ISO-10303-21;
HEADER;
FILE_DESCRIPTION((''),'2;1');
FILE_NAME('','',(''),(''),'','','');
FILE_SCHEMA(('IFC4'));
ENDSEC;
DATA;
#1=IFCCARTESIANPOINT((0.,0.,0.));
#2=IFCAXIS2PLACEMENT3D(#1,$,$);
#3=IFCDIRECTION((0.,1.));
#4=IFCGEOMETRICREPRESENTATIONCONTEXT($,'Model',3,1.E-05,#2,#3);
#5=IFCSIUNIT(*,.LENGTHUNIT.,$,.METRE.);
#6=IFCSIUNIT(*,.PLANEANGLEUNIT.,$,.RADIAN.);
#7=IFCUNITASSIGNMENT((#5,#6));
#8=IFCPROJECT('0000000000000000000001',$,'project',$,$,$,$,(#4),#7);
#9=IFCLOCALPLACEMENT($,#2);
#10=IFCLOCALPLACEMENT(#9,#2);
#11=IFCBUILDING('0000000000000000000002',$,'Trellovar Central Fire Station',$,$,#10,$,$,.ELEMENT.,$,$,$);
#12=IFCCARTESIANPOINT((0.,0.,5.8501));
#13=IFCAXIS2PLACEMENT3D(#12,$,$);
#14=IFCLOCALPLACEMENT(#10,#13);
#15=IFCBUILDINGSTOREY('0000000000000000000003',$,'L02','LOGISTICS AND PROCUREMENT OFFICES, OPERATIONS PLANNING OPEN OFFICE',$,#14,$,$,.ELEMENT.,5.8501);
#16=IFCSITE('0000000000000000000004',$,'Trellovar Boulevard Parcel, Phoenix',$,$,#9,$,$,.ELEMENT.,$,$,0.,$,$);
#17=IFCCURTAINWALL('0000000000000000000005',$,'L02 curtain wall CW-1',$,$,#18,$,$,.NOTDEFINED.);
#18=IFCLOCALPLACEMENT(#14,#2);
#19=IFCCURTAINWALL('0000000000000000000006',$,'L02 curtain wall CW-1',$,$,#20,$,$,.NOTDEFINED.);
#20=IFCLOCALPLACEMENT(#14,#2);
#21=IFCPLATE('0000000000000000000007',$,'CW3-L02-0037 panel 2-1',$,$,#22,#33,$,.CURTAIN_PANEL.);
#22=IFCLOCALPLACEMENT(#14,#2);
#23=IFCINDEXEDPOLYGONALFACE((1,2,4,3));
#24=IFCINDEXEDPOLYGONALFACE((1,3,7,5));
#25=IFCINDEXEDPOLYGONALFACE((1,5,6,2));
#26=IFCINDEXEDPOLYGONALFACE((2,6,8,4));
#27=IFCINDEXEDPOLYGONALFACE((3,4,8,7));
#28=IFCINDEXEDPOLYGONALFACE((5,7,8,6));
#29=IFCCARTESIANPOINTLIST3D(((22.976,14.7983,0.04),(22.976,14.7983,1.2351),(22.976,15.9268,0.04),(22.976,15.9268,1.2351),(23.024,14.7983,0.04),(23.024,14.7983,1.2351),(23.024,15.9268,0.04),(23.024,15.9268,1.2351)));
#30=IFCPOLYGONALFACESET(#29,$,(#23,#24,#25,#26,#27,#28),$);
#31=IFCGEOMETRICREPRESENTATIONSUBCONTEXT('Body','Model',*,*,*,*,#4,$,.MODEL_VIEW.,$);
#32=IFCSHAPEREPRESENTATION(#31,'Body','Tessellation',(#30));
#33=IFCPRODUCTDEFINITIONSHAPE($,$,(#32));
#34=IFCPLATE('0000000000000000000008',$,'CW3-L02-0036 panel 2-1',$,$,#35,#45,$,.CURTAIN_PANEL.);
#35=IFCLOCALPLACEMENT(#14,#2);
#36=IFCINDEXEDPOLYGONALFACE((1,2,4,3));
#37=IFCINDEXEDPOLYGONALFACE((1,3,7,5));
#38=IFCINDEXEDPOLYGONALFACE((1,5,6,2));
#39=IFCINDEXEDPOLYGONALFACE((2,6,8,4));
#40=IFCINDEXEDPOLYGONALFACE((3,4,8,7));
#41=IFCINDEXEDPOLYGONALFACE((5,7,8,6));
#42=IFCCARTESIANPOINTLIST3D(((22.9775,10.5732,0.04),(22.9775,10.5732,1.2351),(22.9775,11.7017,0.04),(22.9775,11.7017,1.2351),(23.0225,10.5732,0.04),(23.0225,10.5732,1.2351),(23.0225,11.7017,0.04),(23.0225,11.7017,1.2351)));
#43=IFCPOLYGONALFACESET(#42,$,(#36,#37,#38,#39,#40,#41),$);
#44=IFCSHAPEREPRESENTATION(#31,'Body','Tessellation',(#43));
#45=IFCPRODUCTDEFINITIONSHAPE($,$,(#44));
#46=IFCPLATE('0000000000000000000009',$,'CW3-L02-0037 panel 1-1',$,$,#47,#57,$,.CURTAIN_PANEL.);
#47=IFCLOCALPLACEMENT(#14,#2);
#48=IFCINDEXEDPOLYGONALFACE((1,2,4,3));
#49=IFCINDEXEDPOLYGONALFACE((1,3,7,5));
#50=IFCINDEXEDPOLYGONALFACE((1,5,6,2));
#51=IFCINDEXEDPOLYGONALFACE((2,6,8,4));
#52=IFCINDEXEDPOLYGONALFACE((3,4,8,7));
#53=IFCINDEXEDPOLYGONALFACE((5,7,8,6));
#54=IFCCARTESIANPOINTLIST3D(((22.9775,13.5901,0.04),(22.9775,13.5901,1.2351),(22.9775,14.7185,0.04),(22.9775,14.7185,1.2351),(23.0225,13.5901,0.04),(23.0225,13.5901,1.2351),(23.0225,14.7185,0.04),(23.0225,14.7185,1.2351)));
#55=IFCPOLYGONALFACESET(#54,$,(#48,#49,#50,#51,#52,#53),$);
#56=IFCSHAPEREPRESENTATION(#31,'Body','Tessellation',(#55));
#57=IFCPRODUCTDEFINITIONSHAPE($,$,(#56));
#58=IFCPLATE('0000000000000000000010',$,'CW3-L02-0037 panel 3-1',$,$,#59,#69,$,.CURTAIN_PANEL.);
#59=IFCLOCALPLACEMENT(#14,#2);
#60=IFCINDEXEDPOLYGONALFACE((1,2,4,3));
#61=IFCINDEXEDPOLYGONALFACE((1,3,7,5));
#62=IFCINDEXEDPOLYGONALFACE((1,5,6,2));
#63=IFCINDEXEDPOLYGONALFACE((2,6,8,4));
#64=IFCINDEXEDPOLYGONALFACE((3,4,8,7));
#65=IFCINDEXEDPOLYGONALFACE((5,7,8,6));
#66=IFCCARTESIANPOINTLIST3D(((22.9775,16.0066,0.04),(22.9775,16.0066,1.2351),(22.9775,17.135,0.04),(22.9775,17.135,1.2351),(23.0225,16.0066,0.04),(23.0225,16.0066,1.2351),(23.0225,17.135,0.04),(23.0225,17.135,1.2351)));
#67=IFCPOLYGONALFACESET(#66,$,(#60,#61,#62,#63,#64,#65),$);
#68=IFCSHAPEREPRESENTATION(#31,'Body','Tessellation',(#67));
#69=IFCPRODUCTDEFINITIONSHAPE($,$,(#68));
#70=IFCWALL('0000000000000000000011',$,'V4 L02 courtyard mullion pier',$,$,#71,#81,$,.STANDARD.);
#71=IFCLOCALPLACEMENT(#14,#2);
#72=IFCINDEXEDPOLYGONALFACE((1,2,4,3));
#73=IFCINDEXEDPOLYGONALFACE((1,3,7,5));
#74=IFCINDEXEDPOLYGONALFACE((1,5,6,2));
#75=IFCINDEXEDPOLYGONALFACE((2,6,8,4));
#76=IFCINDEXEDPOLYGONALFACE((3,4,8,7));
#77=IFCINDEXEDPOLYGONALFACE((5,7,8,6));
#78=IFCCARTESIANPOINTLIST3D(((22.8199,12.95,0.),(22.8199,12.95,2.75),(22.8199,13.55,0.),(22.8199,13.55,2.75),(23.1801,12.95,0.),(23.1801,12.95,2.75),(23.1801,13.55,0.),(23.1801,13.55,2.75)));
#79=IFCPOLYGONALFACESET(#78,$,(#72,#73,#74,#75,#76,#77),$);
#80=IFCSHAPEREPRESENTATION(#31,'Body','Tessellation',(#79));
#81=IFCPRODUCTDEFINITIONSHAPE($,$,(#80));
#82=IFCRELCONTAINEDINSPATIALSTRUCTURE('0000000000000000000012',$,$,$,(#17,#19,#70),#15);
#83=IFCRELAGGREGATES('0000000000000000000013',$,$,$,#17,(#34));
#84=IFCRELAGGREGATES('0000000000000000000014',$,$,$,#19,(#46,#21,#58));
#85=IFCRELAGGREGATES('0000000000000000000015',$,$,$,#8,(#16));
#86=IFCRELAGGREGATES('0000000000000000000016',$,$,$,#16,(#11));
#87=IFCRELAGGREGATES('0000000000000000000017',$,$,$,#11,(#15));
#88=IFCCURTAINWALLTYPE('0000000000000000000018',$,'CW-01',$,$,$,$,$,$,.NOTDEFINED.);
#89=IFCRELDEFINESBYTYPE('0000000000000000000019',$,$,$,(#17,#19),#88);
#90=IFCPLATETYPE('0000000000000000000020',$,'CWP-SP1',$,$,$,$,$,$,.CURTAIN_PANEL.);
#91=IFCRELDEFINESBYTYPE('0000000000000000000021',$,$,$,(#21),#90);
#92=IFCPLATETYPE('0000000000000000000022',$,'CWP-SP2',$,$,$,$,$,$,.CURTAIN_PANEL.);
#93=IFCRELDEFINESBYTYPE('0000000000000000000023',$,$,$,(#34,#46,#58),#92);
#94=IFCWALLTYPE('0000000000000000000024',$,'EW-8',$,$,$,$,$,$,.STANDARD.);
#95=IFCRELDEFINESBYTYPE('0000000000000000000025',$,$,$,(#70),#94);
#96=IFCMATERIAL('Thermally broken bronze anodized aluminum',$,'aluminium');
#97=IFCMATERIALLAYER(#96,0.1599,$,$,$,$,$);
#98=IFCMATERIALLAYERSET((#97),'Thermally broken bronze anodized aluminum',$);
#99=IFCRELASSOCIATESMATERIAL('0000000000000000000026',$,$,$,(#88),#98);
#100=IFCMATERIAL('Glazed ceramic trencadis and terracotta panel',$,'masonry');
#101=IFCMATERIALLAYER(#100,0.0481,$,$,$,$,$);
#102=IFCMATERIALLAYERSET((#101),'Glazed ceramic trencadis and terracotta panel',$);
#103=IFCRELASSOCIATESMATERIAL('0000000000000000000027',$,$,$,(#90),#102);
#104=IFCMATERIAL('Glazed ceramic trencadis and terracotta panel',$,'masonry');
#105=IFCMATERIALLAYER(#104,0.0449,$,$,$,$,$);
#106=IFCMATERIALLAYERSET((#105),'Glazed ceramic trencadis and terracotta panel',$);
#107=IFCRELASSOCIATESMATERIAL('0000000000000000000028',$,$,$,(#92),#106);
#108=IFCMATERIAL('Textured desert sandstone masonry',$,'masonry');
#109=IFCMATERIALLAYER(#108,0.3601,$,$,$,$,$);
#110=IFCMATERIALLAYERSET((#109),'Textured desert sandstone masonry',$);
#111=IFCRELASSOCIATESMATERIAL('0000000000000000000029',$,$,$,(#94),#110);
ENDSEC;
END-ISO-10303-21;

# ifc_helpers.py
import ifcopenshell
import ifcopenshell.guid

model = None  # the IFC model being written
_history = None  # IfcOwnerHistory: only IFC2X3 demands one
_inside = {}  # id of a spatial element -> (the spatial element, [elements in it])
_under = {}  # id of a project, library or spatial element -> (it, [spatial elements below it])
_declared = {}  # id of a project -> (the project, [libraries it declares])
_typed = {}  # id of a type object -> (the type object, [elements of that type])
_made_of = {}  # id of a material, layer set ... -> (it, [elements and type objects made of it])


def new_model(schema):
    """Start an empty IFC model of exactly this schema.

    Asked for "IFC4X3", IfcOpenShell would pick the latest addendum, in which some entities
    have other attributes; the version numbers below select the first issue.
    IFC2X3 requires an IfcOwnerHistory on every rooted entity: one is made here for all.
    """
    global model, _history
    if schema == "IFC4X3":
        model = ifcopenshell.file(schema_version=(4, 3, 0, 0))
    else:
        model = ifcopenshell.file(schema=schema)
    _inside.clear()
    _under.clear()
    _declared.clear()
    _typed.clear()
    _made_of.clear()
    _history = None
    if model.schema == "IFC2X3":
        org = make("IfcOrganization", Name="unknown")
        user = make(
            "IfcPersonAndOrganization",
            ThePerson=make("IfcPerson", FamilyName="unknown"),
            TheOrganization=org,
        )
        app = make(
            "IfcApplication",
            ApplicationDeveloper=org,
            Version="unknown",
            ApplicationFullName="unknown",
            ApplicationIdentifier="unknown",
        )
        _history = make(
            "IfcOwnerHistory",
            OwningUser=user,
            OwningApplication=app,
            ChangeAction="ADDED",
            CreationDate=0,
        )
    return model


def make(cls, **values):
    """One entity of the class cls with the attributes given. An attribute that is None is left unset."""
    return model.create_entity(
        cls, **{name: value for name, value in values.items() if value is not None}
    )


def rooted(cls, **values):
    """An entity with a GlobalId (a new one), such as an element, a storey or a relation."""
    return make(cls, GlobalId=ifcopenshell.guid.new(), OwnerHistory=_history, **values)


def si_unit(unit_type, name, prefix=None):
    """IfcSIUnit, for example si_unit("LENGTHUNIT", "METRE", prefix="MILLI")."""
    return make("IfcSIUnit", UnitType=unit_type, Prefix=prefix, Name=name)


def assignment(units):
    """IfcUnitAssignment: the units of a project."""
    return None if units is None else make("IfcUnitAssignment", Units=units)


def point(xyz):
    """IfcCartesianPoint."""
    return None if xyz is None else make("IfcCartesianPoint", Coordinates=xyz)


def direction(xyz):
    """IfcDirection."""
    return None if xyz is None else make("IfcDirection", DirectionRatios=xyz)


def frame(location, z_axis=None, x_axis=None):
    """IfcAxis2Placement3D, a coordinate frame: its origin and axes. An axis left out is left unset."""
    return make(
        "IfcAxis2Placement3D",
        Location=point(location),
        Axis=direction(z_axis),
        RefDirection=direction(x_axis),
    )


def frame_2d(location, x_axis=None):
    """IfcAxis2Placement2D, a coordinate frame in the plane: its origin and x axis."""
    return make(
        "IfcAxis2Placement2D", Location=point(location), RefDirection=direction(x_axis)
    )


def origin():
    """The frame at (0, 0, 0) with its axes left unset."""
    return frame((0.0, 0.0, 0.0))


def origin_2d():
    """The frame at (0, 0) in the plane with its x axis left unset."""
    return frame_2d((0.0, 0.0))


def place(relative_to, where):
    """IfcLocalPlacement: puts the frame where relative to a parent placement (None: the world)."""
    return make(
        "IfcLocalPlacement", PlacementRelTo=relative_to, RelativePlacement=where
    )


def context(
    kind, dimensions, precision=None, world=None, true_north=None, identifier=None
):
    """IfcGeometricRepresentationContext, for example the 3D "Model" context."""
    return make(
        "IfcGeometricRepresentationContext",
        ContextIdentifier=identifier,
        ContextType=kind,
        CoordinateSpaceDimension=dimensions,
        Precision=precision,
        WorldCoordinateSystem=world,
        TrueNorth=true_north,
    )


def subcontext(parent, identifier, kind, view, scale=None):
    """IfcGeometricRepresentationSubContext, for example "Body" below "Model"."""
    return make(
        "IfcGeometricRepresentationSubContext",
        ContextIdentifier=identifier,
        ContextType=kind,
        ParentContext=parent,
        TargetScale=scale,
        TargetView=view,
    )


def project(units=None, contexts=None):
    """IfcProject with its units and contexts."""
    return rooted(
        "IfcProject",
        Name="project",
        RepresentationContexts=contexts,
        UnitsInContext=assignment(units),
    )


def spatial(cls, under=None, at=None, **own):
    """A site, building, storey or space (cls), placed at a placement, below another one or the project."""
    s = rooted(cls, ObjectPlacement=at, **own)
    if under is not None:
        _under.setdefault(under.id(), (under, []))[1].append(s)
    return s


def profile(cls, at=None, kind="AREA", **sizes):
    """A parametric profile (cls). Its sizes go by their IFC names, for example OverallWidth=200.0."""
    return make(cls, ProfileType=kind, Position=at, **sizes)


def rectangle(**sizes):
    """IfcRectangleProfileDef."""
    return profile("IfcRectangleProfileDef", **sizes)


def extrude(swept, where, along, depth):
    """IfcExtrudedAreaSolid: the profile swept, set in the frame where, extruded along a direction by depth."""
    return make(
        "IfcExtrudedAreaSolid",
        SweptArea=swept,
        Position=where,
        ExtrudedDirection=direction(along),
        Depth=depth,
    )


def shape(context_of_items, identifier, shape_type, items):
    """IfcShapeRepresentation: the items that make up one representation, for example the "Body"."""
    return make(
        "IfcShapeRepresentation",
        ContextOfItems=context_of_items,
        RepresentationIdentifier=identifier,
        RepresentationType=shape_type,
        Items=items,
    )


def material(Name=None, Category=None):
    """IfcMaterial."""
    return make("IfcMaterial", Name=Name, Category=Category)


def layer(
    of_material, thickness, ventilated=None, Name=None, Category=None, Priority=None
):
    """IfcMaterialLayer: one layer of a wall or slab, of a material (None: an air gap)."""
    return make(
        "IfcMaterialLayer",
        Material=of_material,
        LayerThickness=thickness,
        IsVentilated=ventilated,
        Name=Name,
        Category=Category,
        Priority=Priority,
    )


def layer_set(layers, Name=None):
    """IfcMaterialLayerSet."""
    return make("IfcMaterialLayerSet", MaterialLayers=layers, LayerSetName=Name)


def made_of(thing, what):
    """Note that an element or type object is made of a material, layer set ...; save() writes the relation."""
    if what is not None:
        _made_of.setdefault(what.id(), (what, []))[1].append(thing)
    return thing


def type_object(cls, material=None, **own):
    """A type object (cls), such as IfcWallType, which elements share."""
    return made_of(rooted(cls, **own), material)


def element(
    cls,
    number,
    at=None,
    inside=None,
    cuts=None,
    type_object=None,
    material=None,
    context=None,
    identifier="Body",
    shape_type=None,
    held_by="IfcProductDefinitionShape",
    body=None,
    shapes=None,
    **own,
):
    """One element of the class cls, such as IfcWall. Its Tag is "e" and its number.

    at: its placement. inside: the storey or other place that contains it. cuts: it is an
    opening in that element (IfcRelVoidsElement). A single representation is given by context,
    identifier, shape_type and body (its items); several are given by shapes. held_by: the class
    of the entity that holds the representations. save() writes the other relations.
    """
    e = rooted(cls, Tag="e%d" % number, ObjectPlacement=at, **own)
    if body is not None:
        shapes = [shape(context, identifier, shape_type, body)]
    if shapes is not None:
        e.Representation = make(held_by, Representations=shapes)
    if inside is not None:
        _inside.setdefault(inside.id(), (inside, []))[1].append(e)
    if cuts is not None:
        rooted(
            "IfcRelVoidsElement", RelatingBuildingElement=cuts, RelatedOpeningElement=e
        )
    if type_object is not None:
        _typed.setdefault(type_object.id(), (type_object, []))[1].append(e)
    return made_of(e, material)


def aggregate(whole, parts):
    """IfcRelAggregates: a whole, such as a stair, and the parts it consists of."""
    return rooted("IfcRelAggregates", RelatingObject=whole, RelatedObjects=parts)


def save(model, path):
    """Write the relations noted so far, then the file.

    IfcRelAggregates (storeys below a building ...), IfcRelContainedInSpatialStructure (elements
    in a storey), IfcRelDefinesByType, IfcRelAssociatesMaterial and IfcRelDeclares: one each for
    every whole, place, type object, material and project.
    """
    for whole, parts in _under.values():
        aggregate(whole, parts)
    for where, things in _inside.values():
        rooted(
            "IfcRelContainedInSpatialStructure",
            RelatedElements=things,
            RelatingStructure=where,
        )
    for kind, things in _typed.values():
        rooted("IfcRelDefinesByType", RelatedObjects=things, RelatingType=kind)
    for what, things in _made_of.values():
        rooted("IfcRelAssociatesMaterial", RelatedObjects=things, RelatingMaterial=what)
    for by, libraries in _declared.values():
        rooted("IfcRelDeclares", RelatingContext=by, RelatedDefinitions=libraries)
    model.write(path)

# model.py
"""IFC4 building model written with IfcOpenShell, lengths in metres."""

from ifc_helpers import new_model, si_unit, direction, frame, frame_2d, origin, origin_2d, place, context, subcontext, project, spatial, rectangle, extrude, material, layer, layer_set, type_object, element, aggregate, save


model = new_model("IFC4")

# Units and contexts
model_context = context("Model", 3, precision=1e-05, world=origin(), true_north=direction((0.0, 1.0)))
body_context = subcontext(model_context, "Body", "Model", "MODEL_VIEW")
ifc_project = project(units=[si_unit("LENGTHUNIT", "METRE"), si_unit("PLANEANGLEUNIT", "RADIAN")], contexts=[model_context])

# Site, building, storey
site_placement = place(None, origin())
site = spatial("IfcSite", under=ifc_project, at=site_placement, Name="Trellovar Boulevard Parcel, Phoenix", CompositionType="ELEMENT", RefElevation=0.0)
building_placement = place(site_placement, origin())
building = spatial("IfcBuilding", under=site, at=building_placement, Name="Trellovar Central Fire Station", CompositionType="ELEMENT")
storey_placement = place(building_placement, frame((0.0, 0.0, 5.8501)))
storey = spatial("IfcBuildingStorey", under=building, at=storey_placement, Name="L02", Description="LOGISTICS AND PROCUREMENT OFFICES, OPERATIONS PLANNING OPEN OFFICE", CompositionType="ELEMENT", Elevation=5.8501)

# Curtain walls
ifc_material_1 = material(Name="Thermally broken bronze anodized aluminum", Category="aluminium")
ifc_layer_1 = layer(ifc_material_1, 0.1599)
ifc_layer_set_1 = layer_set([ifc_layer_1], Name="Thermally broken bronze anodized aluminum")
curtain_wall_type = type_object("IfcCurtainWallType", Name="CW-01", PredefinedType="NOTDEFINED", material=ifc_layer_set_1)
curtain_wall_1_placement = place(storey_placement, origin())
curtain_wall_1 = element("IfcCurtainWall", 1, at=curtain_wall_1_placement, inside=storey, type_object=curtain_wall_type, Name="L02 curtain wall CW-1", PredefinedType="NOTDEFINED")
curtain_wall_2_placement = place(storey_placement, origin())
curtain_wall_2 = element("IfcCurtainWall", 2, at=curtain_wall_2_placement, inside=storey, type_object=curtain_wall_type, Name="L02 curtain wall CW-1", PredefinedType="NOTDEFINED")

# Plates
ifc_material_2 = material(Name="Glazed ceramic trencadis and terracotta panel", Category="masonry")
ifc_layer_2 = layer(ifc_material_2, 0.0481)
ifc_layer_set_2 = layer_set([ifc_layer_2], Name="Glazed ceramic trencadis and terracotta panel")
plate_type_1 = type_object("IfcPlateType", Name="CWP-SP1", PredefinedType="CURTAIN_PANEL", material=ifc_layer_set_2)
plate_1_placement = place(storey_placement, frame((23.0, 15.3625, 0.04), z_axis=(0.0, 0.0, 1.0), x_axis=(0.0, 1.0, 0.0)))
plate_1 = element("IfcPlate", 3, at=plate_1_placement, type_object=plate_type_1, Name="CW3-L02-0037 panel 2-1", PredefinedType="CURTAIN_PANEL", context=body_context, shape_type="SweptSolid", body=[
    extrude(rectangle(XDim=1.1284, YDim=0.0481, at=origin_2d()), origin(), (0.0, 0.0, 1.0), 1.1951),
])
ifc_material_3 = material(Name="Glazed ceramic trencadis and terracotta panel", Category="masonry")
ifc_layer_3 = layer(ifc_material_3, 0.0449)
ifc_layer_set_3 = layer_set([ifc_layer_3], Name="Glazed ceramic trencadis and terracotta panel")
plate_type_2 = type_object("IfcPlateType", Name="CWP-SP2", PredefinedType="CURTAIN_PANEL", material=ifc_layer_set_3)
plate_2_placement = place(storey_placement, frame((23.0, 11.1375, 0.04), z_axis=(0.0, 0.0, 1.0), x_axis=(0.0, 1.0, 0.0)))
plate_2 = element("IfcPlate", 4, at=plate_2_placement, type_object=plate_type_2, Name="CW3-L02-0036 panel 2-1", PredefinedType="CURTAIN_PANEL", context=body_context, shape_type="SweptSolid", body=[
    extrude(rectangle(XDim=1.1284, YDim=0.0449, at=origin_2d()), origin(), (0.0, 0.0, 1.0), 1.1951),
])
aggregate(curtain_wall_1, [plate_2])
plate_3_placement = place(storey_placement, frame((23.0, 14.1543, 0.04), z_axis=(0.0, 0.0, 1.0), x_axis=(0.0, 1.0, 0.0)))
plate_3 = element("IfcPlate", 5, at=plate_3_placement, type_object=plate_type_2, Name="CW3-L02-0037 panel 1-1", PredefinedType="CURTAIN_PANEL", context=body_context, shape_type="SweptSolid", body=[
    extrude(rectangle(XDim=1.1284, YDim=0.0449, at=origin_2d()), origin(), (0.0, 0.0, 1.0), 1.1951),
])
plate_4_placement = place(storey_placement, frame((23.0, 16.5708, 0.04), z_axis=(0.0, 0.0, 1.0), x_axis=(0.0, 1.0, 0.0)))
plate_4 = element("IfcPlate", 6, at=plate_4_placement, type_object=plate_type_2, Name="CW3-L02-0037 panel 3-1", PredefinedType="CURTAIN_PANEL", context=body_context, shape_type="SweptSolid", body=[
    extrude(rectangle(XDim=1.1284, YDim=0.0449, at=origin_2d()), origin(), (0.0, 0.0, 1.0), 1.1951),
])
aggregate(curtain_wall_2, [plate_3, plate_1, plate_4])

# Wall
ifc_material_4 = material(Name="Textured desert sandstone masonry", Category="masonry")
ifc_layer_4 = layer(ifc_material_4, 0.3601)
ifc_layer_set_4 = layer_set([ifc_layer_4], Name="Textured desert sandstone masonry")
wall_type = type_object("IfcWallType", Name="EW-8", PredefinedType="STANDARD", material=ifc_layer_set_4)
wall_placement = place(storey_placement, frame((23.0, 12.95, 0.0), z_axis=(0.0, 0.0, 1.0), x_axis=(0.0, 1.0, 0.0)))
element("IfcWall", 7, at=wall_placement, inside=storey, type_object=wall_type, Name="V4 L02 courtyard mullion pier", PredefinedType="STANDARD", context=body_context, shape_type="SweptSolid", body=[
    extrude(rectangle(XDim=0.6001, YDim=0.3601, at=frame_2d((0.3, 0.0))), origin(), (0.0, 0.0, 1.0), 2.75),
])

save(model, "model.ifc")
